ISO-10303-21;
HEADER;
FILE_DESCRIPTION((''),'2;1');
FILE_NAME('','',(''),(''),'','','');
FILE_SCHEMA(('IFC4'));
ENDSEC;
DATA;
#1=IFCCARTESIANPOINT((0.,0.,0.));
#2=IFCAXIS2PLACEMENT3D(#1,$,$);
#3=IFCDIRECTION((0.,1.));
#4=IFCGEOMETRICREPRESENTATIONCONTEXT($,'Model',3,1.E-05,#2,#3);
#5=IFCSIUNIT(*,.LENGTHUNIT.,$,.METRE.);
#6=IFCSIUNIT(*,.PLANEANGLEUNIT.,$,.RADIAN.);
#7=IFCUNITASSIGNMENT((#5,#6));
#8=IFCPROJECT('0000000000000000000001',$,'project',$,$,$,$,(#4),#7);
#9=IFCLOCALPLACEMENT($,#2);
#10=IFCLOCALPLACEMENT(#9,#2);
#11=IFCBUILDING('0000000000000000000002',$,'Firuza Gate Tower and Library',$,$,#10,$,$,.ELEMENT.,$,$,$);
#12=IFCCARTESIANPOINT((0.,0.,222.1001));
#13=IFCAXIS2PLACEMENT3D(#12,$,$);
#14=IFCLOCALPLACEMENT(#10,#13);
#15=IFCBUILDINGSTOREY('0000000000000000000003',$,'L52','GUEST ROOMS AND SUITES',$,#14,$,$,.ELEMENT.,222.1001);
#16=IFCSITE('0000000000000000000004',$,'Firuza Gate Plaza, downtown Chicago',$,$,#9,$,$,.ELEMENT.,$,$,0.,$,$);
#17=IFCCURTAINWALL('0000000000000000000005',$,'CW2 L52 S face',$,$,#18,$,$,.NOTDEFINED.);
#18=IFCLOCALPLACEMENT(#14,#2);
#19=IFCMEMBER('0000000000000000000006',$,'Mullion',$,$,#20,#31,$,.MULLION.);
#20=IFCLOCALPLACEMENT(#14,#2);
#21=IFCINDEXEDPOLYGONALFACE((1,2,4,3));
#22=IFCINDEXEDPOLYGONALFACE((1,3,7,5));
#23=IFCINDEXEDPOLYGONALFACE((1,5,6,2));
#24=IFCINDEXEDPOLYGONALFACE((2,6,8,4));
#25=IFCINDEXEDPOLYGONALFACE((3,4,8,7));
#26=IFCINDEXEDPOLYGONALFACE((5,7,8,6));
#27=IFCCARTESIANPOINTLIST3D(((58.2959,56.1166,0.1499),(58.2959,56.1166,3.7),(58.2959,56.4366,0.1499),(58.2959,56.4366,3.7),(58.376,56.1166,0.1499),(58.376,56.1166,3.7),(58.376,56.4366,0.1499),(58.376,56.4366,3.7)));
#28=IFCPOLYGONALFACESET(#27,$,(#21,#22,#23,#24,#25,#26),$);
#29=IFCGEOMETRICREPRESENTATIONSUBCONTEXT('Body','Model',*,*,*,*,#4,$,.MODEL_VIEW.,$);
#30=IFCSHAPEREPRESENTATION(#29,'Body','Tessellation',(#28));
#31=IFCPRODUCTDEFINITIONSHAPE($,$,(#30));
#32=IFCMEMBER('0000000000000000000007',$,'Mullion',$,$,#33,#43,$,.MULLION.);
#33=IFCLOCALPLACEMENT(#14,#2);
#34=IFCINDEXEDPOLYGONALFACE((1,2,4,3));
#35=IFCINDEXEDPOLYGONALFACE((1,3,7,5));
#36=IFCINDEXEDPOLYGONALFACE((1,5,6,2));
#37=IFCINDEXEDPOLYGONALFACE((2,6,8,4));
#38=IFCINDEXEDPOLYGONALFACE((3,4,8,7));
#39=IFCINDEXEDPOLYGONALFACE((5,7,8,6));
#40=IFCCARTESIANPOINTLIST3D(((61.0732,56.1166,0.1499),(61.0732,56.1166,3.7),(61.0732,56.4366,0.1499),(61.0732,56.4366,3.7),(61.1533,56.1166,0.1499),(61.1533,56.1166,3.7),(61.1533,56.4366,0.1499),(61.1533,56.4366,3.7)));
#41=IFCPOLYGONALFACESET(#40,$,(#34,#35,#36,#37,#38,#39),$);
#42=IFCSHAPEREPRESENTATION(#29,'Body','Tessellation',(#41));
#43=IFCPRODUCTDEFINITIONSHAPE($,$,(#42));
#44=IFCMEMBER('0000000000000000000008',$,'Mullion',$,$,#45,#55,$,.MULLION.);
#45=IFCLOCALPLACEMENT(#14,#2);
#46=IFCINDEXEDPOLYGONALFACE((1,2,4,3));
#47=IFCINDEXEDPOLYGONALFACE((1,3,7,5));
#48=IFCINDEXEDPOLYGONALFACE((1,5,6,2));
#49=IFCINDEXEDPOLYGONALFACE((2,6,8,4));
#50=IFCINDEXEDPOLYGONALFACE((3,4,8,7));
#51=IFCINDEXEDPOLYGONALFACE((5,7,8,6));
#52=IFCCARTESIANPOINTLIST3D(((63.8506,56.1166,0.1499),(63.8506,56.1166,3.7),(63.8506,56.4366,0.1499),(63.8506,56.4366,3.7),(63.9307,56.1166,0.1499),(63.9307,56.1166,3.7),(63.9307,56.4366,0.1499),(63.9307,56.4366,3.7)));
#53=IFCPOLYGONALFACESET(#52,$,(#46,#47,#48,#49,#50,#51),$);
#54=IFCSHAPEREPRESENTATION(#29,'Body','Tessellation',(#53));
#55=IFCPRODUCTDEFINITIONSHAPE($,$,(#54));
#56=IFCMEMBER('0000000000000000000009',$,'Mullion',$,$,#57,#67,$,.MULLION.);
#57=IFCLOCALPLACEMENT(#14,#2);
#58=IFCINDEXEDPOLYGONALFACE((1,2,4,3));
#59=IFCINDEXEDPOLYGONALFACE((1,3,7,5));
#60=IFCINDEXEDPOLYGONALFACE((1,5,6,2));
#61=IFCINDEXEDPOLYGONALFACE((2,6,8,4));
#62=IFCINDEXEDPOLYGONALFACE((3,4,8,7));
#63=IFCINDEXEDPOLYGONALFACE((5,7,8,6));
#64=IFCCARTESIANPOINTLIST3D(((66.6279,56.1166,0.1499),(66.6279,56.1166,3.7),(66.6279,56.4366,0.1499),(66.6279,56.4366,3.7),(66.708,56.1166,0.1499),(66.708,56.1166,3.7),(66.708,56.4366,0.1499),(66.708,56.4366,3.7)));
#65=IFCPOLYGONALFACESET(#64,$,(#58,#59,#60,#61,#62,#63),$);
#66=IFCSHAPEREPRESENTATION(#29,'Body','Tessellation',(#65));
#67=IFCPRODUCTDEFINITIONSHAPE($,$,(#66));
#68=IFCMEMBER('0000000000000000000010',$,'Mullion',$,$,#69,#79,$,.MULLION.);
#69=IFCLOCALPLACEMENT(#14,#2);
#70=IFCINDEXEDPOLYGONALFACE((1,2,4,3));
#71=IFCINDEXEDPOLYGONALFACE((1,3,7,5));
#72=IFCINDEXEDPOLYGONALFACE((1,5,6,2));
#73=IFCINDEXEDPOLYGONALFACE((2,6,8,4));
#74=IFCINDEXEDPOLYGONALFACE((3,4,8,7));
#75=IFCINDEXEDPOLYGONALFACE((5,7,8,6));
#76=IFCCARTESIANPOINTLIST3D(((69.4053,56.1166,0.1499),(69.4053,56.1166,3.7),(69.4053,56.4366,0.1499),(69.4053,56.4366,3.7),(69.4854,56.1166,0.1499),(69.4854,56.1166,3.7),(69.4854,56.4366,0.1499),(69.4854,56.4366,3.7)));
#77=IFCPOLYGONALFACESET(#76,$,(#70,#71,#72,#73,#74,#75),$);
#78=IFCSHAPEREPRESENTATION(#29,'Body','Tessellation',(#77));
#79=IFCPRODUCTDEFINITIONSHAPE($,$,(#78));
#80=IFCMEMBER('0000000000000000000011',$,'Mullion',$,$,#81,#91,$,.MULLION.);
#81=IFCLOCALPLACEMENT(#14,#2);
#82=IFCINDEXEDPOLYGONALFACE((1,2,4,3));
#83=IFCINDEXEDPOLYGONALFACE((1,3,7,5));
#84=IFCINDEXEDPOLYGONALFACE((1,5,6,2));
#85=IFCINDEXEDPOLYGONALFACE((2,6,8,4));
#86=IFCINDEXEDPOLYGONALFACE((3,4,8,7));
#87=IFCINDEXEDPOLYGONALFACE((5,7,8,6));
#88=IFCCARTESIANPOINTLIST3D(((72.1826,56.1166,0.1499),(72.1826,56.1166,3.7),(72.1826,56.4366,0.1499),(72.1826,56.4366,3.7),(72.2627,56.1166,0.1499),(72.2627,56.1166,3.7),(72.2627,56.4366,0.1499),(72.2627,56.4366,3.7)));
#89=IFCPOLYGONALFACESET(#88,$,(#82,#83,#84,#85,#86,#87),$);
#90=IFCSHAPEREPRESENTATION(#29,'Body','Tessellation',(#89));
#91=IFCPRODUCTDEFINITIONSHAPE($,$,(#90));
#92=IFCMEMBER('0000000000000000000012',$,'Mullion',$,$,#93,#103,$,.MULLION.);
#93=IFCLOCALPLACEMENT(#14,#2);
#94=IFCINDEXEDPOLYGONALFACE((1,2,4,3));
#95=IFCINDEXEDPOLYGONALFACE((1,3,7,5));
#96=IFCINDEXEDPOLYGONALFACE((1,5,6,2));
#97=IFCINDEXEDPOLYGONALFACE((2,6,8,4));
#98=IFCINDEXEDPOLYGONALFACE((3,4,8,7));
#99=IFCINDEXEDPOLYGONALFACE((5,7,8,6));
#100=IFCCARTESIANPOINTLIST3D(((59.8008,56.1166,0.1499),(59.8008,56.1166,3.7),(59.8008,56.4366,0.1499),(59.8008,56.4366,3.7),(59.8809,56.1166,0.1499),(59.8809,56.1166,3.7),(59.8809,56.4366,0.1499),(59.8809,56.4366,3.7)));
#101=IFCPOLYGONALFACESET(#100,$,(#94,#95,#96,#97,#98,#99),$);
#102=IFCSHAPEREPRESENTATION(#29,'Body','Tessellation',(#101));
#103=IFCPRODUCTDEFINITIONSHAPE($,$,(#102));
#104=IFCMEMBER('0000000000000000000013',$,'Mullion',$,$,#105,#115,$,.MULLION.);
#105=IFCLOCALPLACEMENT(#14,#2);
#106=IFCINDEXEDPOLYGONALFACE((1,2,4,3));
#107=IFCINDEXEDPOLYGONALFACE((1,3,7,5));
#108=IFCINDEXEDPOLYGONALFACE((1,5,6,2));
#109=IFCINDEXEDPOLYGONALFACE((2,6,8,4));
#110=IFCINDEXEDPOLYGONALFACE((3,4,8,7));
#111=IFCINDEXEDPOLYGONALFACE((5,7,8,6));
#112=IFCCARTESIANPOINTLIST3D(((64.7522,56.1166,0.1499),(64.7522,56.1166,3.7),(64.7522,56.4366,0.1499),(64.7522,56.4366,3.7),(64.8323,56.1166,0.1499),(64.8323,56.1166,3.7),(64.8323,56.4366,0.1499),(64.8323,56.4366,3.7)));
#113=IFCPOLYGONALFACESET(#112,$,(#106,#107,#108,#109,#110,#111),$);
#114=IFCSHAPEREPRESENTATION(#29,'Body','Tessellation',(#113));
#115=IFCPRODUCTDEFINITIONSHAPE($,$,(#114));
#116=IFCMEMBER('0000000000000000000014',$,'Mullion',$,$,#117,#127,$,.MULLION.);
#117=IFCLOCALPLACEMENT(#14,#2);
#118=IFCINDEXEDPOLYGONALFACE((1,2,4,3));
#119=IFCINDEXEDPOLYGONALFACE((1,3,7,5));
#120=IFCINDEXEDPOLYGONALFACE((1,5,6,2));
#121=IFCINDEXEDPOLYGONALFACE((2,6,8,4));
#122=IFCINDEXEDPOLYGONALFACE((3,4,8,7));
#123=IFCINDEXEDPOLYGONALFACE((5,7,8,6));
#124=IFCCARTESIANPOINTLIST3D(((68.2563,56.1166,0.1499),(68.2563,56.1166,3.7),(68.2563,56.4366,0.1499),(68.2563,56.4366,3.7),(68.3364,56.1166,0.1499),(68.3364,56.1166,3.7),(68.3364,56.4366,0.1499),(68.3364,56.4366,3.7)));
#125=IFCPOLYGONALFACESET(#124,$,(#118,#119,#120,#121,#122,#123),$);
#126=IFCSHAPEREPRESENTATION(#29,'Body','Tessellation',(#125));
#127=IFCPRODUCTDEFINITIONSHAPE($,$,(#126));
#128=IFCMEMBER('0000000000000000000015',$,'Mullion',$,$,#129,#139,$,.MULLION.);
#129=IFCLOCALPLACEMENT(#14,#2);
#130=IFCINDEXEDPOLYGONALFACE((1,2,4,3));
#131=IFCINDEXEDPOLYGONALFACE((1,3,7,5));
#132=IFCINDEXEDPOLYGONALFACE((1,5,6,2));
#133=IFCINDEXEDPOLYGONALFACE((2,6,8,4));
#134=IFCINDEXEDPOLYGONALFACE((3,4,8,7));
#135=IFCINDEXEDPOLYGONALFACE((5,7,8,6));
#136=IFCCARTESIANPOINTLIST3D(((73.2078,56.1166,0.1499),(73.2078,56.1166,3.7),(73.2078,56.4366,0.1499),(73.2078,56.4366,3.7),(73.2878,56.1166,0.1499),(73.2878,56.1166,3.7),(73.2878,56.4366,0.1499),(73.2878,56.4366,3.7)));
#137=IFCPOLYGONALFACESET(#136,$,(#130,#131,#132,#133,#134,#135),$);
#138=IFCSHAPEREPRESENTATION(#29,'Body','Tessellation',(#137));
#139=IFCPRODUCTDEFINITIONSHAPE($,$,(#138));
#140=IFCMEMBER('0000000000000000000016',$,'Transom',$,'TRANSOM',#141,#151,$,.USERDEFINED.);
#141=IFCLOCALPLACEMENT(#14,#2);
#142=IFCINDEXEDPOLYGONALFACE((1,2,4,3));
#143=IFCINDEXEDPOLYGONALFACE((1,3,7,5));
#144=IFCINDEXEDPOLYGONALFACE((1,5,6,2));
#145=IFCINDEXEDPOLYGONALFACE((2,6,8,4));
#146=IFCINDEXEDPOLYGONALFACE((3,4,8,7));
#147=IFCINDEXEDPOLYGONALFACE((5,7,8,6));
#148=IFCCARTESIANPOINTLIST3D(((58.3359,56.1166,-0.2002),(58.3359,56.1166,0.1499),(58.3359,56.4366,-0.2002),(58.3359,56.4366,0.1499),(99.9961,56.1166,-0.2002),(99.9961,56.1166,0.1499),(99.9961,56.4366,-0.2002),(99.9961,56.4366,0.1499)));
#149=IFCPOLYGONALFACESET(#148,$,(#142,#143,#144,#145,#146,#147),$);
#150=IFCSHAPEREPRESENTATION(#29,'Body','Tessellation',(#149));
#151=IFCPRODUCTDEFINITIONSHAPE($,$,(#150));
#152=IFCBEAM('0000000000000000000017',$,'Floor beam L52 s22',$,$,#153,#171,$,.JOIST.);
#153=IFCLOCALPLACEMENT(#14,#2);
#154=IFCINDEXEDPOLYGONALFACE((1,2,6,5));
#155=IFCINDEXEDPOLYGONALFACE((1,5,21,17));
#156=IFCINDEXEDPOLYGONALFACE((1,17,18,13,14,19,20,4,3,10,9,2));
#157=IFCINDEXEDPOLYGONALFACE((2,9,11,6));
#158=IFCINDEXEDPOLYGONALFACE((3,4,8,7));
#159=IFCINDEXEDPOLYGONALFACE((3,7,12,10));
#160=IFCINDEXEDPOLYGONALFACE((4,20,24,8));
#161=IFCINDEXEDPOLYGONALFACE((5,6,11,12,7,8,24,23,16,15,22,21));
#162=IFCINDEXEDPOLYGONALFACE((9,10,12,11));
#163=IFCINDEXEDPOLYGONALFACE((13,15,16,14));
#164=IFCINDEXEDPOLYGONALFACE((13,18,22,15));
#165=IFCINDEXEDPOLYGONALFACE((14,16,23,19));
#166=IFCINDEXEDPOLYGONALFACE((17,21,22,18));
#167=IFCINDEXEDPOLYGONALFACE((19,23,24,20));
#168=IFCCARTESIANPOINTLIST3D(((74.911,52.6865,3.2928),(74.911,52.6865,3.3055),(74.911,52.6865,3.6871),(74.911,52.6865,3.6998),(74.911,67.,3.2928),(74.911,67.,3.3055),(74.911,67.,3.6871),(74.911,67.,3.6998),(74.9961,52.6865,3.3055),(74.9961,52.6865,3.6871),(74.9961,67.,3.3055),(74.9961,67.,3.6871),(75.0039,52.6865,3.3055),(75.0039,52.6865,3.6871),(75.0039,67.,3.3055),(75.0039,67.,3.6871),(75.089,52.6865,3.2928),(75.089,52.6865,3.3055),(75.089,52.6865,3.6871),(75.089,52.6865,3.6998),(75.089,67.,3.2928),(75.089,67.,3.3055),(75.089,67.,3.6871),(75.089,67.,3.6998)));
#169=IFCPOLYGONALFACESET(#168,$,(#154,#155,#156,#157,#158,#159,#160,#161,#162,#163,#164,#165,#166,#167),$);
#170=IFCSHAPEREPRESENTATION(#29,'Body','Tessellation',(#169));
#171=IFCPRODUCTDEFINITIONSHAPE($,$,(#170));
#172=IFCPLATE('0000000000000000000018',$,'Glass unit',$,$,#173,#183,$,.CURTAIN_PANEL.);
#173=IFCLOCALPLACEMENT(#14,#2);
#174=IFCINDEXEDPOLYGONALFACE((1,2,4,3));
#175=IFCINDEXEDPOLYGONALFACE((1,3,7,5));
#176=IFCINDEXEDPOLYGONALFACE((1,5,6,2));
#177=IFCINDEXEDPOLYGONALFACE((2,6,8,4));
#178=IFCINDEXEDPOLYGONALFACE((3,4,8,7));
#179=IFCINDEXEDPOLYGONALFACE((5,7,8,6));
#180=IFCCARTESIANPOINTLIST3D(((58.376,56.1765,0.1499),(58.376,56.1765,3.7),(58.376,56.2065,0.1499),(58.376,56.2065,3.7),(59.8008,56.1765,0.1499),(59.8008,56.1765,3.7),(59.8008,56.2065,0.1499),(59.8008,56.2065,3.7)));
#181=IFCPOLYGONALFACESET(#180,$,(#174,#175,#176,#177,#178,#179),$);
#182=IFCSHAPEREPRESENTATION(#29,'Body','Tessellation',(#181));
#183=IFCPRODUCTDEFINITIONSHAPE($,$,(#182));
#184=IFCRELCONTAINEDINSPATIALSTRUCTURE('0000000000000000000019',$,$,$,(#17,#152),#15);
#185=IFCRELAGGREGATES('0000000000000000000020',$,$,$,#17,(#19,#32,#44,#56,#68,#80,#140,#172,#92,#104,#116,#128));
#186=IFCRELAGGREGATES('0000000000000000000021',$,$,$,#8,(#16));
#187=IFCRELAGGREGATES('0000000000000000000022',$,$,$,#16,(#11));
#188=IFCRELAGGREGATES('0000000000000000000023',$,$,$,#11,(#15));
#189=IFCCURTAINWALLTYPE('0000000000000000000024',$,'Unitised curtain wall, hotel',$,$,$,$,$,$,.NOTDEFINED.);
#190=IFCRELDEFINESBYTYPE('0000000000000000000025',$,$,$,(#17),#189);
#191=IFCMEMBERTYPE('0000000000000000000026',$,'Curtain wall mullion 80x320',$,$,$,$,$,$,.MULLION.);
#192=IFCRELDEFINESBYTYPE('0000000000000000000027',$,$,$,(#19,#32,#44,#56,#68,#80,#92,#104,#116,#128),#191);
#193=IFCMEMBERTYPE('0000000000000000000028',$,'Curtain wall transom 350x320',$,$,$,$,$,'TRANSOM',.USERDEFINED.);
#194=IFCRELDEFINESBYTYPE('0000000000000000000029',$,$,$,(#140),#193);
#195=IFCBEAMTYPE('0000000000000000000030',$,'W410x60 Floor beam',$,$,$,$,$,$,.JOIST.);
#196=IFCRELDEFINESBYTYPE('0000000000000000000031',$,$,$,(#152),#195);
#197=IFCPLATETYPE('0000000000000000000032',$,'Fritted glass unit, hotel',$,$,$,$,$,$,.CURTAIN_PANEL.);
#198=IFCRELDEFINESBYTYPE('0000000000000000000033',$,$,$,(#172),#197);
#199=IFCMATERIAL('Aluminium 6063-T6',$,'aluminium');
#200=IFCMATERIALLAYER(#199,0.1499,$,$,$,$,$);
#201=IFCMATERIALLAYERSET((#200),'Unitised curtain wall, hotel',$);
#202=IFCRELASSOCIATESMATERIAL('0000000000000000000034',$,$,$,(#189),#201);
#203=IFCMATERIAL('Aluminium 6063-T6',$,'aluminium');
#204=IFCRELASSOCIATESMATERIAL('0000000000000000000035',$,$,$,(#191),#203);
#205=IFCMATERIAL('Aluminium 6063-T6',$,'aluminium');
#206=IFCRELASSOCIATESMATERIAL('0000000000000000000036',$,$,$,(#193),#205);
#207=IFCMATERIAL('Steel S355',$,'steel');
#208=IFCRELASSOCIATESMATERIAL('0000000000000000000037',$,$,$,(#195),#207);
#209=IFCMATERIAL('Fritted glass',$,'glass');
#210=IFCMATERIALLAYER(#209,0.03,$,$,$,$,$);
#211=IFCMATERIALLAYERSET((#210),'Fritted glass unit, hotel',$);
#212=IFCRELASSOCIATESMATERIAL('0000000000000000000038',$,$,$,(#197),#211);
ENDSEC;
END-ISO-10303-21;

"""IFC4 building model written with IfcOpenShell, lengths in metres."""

from ifc_helpers import new_model, si_unit, direction, frame, origin, origin_2d, place, context, subcontext, project, spatial, polyline, rectangle, i_section, outline, extrude, material, layer, layer_set, material_profile, profile_set, type_object, element, aggregate, save


model = new_model("IFC4")

# Units and contexts
model_context = context("Model", 3, precision=1e-05, world=origin(), true_north=direction((0.0, 1.0)))
body_context = subcontext(model_context, "Body", "Model", "MODEL_VIEW")
ifc_project = project(units=[si_unit("LENGTHUNIT", "METRE"), si_unit("PLANEANGLEUNIT", "RADIAN")], contexts=[model_context])

# Site, building, storey
site_placement = place(None, origin())
site = spatial("IfcSite", under=ifc_project, at=site_placement, Name="Firuza Gate Plaza, downtown Chicago", CompositionType="ELEMENT", RefElevation=0.0)
building_placement = place(site_placement, origin())
building = spatial("IfcBuilding", under=site, at=building_placement, Name="Firuza Gate Tower and Library", CompositionType="ELEMENT")
storey_placement = place(building_placement, frame((0.0, 0.0, 222.1001)))
storey = spatial("IfcBuildingStorey", under=building, at=storey_placement, Name="L52", Description="GUEST ROOMS AND SUITES", CompositionType="ELEMENT", Elevation=222.1001)

# Curtain wall, members
ifc_material_1 = material(Name="Aluminium 6063-T6", Category="aluminium")
ifc_layer_1 = layer(ifc_material_1, 0.1499)
ifc_layer_set_1 = layer_set([ifc_layer_1], Name="Unitised curtain wall, hotel")
curtain_wall_type = type_object("IfcCurtainWallType", Name="Unitised curtain wall, hotel", PredefinedType="NOTDEFINED", material=ifc_layer_set_1)
curtain_wall_placement = place(storey_placement, origin())
curtain_wall = element("IfcCurtainWall", 1, at=curtain_wall_placement, inside=storey, type_object=curtain_wall_type, Name="CW2 L52 S face", PredefinedType="NOTDEFINED")
ifc_material_2 = material(Name="Aluminium 6063-T6", Category="aluminium")
ifc_material_profile_1 = material_profile(ifc_material_2, rectangle(XDim=0.3201, YDim=0.0801, at=origin_2d()))
ifc_profile_set_1 = profile_set([ifc_material_profile_1], Name="Aluminium 6063-T6")
member_type_1 = type_object("IfcMemberType", Name="Curtain wall mullion 80x320", PredefinedType="MULLION", material=ifc_profile_set_1)
member_1_placement = place(storey_placement, frame((58.3359, 56.2766, 0.1499), z_axis=(0.0, 0.0, 1.0), x_axis=(0.0, 1.0, 0.0)))
member_1 = element("IfcMember", 2, at=member_1_placement, type_object=member_type_1, Name="Mullion", PredefinedType="MULLION", context=body_context, shape_type="SweptSolid", body=[
    extrude(rectangle(XDim=0.3201, YDim=0.0801, at=origin_2d()), origin(), (0.0, 0.0, 1.0), 3.55),
])
member_2_placement = place(storey_placement, frame((61.1133, 56.2766, 0.1499), z_axis=(0.0, 0.0, 1.0), x_axis=(0.0, 1.0, 0.0)))
member_2 = element("IfcMember", 3, at=member_2_placement, type_object=member_type_1, Name="Mullion", PredefinedType="MULLION", context=body_context, shape_type="SweptSolid", body=[
    extrude(rectangle(XDim=0.3201, YDim=0.0801, at=origin_2d()), origin(), (0.0, 0.0, 1.0), 3.55),
])
member_3_placement = place(storey_placement, frame((63.8906, 56.2766, 0.1499), z_axis=(0.0, 0.0, 1.0), x_axis=(0.0, 1.0, 0.0)))
member_3 = element("IfcMember", 4, at=member_3_placement, type_object=member_type_1, Name="Mullion", PredefinedType="MULLION", context=body_context, shape_type="SweptSolid", body=[
    extrude(rectangle(XDim=0.3201, YDim=0.0801, at=origin_2d()), origin(), (0.0, 0.0, 1.0), 3.55),
])
member_4_placement = place(storey_placement, frame((66.668, 56.2766, 0.1499), z_axis=(0.0, 0.0, 1.0), x_axis=(0.0, 1.0, 0.0)))
member_4 = element("IfcMember", 5, at=member_4_placement, type_object=member_type_1, Name="Mullion", PredefinedType="MULLION", context=body_context, shape_type="SweptSolid", body=[
    extrude(rectangle(XDim=0.3201, YDim=0.0801, at=origin_2d()), origin(), (0.0, 0.0, 1.0), 3.55),
])
member_5_placement = place(storey_placement, frame((69.4453, 56.2766, 0.1499), z_axis=(0.0, 0.0, 1.0), x_axis=(0.0, 1.0, 0.0)))
member_5 = element("IfcMember", 6, at=member_5_placement, type_object=member_type_1, Name="Mullion", PredefinedType="MULLION", context=body_context, shape_type="SweptSolid", body=[
    extrude(rectangle(XDim=0.3201, YDim=0.0801, at=origin_2d()), origin(), (0.0, 0.0, 1.0), 3.55),
])
member_6_placement = place(storey_placement, frame((72.2227, 56.2766, 0.1499), z_axis=(0.0, 0.0, 1.0), x_axis=(0.0, 1.0, 0.0)))
member_6 = element("IfcMember", 7, at=member_6_placement, type_object=member_type_1, Name="Mullion", PredefinedType="MULLION", context=body_context, shape_type="SweptSolid", body=[
    extrude(rectangle(XDim=0.3201, YDim=0.0801, at=origin_2d()), origin(), (0.0, 0.0, 1.0), 3.55),
])
member_7_placement = place(storey_placement, frame((59.8408, 56.2766, 0.1499), z_axis=(0.0, 0.0, 1.0), x_axis=(0.0, 1.0, 0.0)))
member_7 = element("IfcMember", 8, at=member_7_placement, type_object=member_type_1, Name="Mullion", PredefinedType="MULLION", context=body_context, shape_type="SweptSolid", body=[
    extrude(rectangle(XDim=0.3201, YDim=0.0801, at=origin_2d()), origin(), (0.0, 0.0, 1.0), 3.55),
])
member_8_placement = place(storey_placement, frame((64.7922, 56.2766, 0.1499), z_axis=(0.0, 0.0, 1.0), x_axis=(0.0, 1.0, 0.0)))
member_8 = element("IfcMember", 9, at=member_8_placement, type_object=member_type_1, Name="Mullion", PredefinedType="MULLION", context=body_context, shape_type="SweptSolid", body=[
    extrude(rectangle(XDim=0.3201, YDim=0.0801, at=origin_2d()), origin(), (0.0, 0.0, 1.0), 3.55),
])
member_9_placement = place(storey_placement, frame((68.2964, 56.2766, 0.1499), z_axis=(0.0, 0.0, 1.0), x_axis=(0.0, 1.0, 0.0)))
member_9 = element("IfcMember", 10, at=member_9_placement, type_object=member_type_1, Name="Mullion", PredefinedType="MULLION", context=body_context, shape_type="SweptSolid", body=[
    extrude(rectangle(XDim=0.3201, YDim=0.0801, at=origin_2d()), origin(), (0.0, 0.0, 1.0), 3.55),
])
member_10_placement = place(storey_placement, frame((73.2478, 56.2766, 0.1499), z_axis=(0.0, 0.0, 1.0), x_axis=(0.0, 1.0, 0.0)))
member_10 = element("IfcMember", 11, at=member_10_placement, type_object=member_type_1, Name="Mullion", PredefinedType="MULLION", context=body_context, shape_type="SweptSolid", body=[
    extrude(rectangle(XDim=0.3201, YDim=0.0801, at=origin_2d()), origin(), (0.0, 0.0, 1.0), 3.55),
])
ifc_material_3 = material(Name="Aluminium 6063-T6", Category="aluminium")
ifc_material_profile_2 = material_profile(ifc_material_3, rectangle(XDim=0.3201, YDim=0.3501, at=origin_2d()))
ifc_profile_set_2 = profile_set([ifc_material_profile_2], Name="Aluminium 6063-T6")
member_type_2 = type_object("IfcMemberType", Name="Curtain wall transom 350x320", ElementType="TRANSOM", PredefinedType="USERDEFINED", material=ifc_profile_set_2)
member_11_placement = place(storey_placement, frame((58.3359, 56.2766, -0.0251), z_axis=(1.0, 0.0, 0.0), x_axis=(0.0, 1.0, 0.0)))
member_11 = element("IfcMember", 12, at=member_11_placement, type_object=member_type_2, Name="Transom", ObjectType="TRANSOM", PredefinedType="USERDEFINED", context=body_context, shape_type="SweptSolid", body=[
    extrude(rectangle(XDim=0.3201, YDim=0.3501, at=origin_2d()), origin(), (0.0, 0.0, 1.0), 41.6602),
])

# Beam
ifc_material_4 = material(Name="Steel S355", Category="steel")
ifc_material_profile_3 = material_profile(ifc_material_4, i_section(OverallWidth=0.178, OverallDepth=0.407, WebThickness=0.0078, FlangeThickness=0.0127, at=origin_2d()))
ifc_profile_set_3 = profile_set([ifc_material_profile_3], Name="Steel S355")
beam_type = type_object("IfcBeamType", Name="W410x60 Floor beam", PredefinedType="JOIST", material=ifc_profile_set_3)
beam_placement = place(storey_placement, frame((75.0, 52.6865, 3.4963), z_axis=(0.0, 1.0, 0.0), x_axis=(-1.0, 0.0, 0.0)))
element("IfcBeam", 13, at=beam_placement, inside=storey, type_object=beam_type, Name="Floor beam L52 s22", PredefinedType="JOIST", context=body_context, shape_type="SweptSolid", body=[
    extrude(i_section(OverallWidth=0.178, OverallDepth=0.407, WebThickness=0.0078, FlangeThickness=0.0127, at=origin_2d()), origin(), (0.0, 0.0, 1.0), 14.3135),
])

# Plate
ifc_material_5 = material(Name="Fritted glass", Category="glass")
ifc_layer_2 = layer(ifc_material_5, 0.03)
ifc_layer_set_2 = layer_set([ifc_layer_2], Name="Fritted glass unit, hotel")
plate_type_1 = type_object("IfcPlateType", Name="Fritted glass unit, hotel", PredefinedType="CURTAIN_PANEL", material=ifc_layer_set_2)
plate_1_placement = place(storey_placement, frame((58.376, 56.1765, 0.1499), z_axis=(0.0, -1.0, 0.0), x_axis=(1.0, 0.0, 0.0)))
plate_1 = element("IfcPlate", 14, at=plate_1_placement, type_object=plate_type_1, Name="Glass unit", PredefinedType="CURTAIN_PANEL", context=body_context, shape_type="SweptSolid", body=[
    extrude(outline(polyline([(0.0, 0.0), (1.4248, 0.0), (1.4248, 3.55), (0.0, 3.55), (0.0, 0.0)])), origin(), (0.0, 0.0, -1.0), 0.03),
])

aggregate(curtain_wall, [member_1, member_2, member_3, member_4, member_5, member_6, member_11, plate_1, member_7, member_8, member_9, member_10])

save(model, "model.ifc")
